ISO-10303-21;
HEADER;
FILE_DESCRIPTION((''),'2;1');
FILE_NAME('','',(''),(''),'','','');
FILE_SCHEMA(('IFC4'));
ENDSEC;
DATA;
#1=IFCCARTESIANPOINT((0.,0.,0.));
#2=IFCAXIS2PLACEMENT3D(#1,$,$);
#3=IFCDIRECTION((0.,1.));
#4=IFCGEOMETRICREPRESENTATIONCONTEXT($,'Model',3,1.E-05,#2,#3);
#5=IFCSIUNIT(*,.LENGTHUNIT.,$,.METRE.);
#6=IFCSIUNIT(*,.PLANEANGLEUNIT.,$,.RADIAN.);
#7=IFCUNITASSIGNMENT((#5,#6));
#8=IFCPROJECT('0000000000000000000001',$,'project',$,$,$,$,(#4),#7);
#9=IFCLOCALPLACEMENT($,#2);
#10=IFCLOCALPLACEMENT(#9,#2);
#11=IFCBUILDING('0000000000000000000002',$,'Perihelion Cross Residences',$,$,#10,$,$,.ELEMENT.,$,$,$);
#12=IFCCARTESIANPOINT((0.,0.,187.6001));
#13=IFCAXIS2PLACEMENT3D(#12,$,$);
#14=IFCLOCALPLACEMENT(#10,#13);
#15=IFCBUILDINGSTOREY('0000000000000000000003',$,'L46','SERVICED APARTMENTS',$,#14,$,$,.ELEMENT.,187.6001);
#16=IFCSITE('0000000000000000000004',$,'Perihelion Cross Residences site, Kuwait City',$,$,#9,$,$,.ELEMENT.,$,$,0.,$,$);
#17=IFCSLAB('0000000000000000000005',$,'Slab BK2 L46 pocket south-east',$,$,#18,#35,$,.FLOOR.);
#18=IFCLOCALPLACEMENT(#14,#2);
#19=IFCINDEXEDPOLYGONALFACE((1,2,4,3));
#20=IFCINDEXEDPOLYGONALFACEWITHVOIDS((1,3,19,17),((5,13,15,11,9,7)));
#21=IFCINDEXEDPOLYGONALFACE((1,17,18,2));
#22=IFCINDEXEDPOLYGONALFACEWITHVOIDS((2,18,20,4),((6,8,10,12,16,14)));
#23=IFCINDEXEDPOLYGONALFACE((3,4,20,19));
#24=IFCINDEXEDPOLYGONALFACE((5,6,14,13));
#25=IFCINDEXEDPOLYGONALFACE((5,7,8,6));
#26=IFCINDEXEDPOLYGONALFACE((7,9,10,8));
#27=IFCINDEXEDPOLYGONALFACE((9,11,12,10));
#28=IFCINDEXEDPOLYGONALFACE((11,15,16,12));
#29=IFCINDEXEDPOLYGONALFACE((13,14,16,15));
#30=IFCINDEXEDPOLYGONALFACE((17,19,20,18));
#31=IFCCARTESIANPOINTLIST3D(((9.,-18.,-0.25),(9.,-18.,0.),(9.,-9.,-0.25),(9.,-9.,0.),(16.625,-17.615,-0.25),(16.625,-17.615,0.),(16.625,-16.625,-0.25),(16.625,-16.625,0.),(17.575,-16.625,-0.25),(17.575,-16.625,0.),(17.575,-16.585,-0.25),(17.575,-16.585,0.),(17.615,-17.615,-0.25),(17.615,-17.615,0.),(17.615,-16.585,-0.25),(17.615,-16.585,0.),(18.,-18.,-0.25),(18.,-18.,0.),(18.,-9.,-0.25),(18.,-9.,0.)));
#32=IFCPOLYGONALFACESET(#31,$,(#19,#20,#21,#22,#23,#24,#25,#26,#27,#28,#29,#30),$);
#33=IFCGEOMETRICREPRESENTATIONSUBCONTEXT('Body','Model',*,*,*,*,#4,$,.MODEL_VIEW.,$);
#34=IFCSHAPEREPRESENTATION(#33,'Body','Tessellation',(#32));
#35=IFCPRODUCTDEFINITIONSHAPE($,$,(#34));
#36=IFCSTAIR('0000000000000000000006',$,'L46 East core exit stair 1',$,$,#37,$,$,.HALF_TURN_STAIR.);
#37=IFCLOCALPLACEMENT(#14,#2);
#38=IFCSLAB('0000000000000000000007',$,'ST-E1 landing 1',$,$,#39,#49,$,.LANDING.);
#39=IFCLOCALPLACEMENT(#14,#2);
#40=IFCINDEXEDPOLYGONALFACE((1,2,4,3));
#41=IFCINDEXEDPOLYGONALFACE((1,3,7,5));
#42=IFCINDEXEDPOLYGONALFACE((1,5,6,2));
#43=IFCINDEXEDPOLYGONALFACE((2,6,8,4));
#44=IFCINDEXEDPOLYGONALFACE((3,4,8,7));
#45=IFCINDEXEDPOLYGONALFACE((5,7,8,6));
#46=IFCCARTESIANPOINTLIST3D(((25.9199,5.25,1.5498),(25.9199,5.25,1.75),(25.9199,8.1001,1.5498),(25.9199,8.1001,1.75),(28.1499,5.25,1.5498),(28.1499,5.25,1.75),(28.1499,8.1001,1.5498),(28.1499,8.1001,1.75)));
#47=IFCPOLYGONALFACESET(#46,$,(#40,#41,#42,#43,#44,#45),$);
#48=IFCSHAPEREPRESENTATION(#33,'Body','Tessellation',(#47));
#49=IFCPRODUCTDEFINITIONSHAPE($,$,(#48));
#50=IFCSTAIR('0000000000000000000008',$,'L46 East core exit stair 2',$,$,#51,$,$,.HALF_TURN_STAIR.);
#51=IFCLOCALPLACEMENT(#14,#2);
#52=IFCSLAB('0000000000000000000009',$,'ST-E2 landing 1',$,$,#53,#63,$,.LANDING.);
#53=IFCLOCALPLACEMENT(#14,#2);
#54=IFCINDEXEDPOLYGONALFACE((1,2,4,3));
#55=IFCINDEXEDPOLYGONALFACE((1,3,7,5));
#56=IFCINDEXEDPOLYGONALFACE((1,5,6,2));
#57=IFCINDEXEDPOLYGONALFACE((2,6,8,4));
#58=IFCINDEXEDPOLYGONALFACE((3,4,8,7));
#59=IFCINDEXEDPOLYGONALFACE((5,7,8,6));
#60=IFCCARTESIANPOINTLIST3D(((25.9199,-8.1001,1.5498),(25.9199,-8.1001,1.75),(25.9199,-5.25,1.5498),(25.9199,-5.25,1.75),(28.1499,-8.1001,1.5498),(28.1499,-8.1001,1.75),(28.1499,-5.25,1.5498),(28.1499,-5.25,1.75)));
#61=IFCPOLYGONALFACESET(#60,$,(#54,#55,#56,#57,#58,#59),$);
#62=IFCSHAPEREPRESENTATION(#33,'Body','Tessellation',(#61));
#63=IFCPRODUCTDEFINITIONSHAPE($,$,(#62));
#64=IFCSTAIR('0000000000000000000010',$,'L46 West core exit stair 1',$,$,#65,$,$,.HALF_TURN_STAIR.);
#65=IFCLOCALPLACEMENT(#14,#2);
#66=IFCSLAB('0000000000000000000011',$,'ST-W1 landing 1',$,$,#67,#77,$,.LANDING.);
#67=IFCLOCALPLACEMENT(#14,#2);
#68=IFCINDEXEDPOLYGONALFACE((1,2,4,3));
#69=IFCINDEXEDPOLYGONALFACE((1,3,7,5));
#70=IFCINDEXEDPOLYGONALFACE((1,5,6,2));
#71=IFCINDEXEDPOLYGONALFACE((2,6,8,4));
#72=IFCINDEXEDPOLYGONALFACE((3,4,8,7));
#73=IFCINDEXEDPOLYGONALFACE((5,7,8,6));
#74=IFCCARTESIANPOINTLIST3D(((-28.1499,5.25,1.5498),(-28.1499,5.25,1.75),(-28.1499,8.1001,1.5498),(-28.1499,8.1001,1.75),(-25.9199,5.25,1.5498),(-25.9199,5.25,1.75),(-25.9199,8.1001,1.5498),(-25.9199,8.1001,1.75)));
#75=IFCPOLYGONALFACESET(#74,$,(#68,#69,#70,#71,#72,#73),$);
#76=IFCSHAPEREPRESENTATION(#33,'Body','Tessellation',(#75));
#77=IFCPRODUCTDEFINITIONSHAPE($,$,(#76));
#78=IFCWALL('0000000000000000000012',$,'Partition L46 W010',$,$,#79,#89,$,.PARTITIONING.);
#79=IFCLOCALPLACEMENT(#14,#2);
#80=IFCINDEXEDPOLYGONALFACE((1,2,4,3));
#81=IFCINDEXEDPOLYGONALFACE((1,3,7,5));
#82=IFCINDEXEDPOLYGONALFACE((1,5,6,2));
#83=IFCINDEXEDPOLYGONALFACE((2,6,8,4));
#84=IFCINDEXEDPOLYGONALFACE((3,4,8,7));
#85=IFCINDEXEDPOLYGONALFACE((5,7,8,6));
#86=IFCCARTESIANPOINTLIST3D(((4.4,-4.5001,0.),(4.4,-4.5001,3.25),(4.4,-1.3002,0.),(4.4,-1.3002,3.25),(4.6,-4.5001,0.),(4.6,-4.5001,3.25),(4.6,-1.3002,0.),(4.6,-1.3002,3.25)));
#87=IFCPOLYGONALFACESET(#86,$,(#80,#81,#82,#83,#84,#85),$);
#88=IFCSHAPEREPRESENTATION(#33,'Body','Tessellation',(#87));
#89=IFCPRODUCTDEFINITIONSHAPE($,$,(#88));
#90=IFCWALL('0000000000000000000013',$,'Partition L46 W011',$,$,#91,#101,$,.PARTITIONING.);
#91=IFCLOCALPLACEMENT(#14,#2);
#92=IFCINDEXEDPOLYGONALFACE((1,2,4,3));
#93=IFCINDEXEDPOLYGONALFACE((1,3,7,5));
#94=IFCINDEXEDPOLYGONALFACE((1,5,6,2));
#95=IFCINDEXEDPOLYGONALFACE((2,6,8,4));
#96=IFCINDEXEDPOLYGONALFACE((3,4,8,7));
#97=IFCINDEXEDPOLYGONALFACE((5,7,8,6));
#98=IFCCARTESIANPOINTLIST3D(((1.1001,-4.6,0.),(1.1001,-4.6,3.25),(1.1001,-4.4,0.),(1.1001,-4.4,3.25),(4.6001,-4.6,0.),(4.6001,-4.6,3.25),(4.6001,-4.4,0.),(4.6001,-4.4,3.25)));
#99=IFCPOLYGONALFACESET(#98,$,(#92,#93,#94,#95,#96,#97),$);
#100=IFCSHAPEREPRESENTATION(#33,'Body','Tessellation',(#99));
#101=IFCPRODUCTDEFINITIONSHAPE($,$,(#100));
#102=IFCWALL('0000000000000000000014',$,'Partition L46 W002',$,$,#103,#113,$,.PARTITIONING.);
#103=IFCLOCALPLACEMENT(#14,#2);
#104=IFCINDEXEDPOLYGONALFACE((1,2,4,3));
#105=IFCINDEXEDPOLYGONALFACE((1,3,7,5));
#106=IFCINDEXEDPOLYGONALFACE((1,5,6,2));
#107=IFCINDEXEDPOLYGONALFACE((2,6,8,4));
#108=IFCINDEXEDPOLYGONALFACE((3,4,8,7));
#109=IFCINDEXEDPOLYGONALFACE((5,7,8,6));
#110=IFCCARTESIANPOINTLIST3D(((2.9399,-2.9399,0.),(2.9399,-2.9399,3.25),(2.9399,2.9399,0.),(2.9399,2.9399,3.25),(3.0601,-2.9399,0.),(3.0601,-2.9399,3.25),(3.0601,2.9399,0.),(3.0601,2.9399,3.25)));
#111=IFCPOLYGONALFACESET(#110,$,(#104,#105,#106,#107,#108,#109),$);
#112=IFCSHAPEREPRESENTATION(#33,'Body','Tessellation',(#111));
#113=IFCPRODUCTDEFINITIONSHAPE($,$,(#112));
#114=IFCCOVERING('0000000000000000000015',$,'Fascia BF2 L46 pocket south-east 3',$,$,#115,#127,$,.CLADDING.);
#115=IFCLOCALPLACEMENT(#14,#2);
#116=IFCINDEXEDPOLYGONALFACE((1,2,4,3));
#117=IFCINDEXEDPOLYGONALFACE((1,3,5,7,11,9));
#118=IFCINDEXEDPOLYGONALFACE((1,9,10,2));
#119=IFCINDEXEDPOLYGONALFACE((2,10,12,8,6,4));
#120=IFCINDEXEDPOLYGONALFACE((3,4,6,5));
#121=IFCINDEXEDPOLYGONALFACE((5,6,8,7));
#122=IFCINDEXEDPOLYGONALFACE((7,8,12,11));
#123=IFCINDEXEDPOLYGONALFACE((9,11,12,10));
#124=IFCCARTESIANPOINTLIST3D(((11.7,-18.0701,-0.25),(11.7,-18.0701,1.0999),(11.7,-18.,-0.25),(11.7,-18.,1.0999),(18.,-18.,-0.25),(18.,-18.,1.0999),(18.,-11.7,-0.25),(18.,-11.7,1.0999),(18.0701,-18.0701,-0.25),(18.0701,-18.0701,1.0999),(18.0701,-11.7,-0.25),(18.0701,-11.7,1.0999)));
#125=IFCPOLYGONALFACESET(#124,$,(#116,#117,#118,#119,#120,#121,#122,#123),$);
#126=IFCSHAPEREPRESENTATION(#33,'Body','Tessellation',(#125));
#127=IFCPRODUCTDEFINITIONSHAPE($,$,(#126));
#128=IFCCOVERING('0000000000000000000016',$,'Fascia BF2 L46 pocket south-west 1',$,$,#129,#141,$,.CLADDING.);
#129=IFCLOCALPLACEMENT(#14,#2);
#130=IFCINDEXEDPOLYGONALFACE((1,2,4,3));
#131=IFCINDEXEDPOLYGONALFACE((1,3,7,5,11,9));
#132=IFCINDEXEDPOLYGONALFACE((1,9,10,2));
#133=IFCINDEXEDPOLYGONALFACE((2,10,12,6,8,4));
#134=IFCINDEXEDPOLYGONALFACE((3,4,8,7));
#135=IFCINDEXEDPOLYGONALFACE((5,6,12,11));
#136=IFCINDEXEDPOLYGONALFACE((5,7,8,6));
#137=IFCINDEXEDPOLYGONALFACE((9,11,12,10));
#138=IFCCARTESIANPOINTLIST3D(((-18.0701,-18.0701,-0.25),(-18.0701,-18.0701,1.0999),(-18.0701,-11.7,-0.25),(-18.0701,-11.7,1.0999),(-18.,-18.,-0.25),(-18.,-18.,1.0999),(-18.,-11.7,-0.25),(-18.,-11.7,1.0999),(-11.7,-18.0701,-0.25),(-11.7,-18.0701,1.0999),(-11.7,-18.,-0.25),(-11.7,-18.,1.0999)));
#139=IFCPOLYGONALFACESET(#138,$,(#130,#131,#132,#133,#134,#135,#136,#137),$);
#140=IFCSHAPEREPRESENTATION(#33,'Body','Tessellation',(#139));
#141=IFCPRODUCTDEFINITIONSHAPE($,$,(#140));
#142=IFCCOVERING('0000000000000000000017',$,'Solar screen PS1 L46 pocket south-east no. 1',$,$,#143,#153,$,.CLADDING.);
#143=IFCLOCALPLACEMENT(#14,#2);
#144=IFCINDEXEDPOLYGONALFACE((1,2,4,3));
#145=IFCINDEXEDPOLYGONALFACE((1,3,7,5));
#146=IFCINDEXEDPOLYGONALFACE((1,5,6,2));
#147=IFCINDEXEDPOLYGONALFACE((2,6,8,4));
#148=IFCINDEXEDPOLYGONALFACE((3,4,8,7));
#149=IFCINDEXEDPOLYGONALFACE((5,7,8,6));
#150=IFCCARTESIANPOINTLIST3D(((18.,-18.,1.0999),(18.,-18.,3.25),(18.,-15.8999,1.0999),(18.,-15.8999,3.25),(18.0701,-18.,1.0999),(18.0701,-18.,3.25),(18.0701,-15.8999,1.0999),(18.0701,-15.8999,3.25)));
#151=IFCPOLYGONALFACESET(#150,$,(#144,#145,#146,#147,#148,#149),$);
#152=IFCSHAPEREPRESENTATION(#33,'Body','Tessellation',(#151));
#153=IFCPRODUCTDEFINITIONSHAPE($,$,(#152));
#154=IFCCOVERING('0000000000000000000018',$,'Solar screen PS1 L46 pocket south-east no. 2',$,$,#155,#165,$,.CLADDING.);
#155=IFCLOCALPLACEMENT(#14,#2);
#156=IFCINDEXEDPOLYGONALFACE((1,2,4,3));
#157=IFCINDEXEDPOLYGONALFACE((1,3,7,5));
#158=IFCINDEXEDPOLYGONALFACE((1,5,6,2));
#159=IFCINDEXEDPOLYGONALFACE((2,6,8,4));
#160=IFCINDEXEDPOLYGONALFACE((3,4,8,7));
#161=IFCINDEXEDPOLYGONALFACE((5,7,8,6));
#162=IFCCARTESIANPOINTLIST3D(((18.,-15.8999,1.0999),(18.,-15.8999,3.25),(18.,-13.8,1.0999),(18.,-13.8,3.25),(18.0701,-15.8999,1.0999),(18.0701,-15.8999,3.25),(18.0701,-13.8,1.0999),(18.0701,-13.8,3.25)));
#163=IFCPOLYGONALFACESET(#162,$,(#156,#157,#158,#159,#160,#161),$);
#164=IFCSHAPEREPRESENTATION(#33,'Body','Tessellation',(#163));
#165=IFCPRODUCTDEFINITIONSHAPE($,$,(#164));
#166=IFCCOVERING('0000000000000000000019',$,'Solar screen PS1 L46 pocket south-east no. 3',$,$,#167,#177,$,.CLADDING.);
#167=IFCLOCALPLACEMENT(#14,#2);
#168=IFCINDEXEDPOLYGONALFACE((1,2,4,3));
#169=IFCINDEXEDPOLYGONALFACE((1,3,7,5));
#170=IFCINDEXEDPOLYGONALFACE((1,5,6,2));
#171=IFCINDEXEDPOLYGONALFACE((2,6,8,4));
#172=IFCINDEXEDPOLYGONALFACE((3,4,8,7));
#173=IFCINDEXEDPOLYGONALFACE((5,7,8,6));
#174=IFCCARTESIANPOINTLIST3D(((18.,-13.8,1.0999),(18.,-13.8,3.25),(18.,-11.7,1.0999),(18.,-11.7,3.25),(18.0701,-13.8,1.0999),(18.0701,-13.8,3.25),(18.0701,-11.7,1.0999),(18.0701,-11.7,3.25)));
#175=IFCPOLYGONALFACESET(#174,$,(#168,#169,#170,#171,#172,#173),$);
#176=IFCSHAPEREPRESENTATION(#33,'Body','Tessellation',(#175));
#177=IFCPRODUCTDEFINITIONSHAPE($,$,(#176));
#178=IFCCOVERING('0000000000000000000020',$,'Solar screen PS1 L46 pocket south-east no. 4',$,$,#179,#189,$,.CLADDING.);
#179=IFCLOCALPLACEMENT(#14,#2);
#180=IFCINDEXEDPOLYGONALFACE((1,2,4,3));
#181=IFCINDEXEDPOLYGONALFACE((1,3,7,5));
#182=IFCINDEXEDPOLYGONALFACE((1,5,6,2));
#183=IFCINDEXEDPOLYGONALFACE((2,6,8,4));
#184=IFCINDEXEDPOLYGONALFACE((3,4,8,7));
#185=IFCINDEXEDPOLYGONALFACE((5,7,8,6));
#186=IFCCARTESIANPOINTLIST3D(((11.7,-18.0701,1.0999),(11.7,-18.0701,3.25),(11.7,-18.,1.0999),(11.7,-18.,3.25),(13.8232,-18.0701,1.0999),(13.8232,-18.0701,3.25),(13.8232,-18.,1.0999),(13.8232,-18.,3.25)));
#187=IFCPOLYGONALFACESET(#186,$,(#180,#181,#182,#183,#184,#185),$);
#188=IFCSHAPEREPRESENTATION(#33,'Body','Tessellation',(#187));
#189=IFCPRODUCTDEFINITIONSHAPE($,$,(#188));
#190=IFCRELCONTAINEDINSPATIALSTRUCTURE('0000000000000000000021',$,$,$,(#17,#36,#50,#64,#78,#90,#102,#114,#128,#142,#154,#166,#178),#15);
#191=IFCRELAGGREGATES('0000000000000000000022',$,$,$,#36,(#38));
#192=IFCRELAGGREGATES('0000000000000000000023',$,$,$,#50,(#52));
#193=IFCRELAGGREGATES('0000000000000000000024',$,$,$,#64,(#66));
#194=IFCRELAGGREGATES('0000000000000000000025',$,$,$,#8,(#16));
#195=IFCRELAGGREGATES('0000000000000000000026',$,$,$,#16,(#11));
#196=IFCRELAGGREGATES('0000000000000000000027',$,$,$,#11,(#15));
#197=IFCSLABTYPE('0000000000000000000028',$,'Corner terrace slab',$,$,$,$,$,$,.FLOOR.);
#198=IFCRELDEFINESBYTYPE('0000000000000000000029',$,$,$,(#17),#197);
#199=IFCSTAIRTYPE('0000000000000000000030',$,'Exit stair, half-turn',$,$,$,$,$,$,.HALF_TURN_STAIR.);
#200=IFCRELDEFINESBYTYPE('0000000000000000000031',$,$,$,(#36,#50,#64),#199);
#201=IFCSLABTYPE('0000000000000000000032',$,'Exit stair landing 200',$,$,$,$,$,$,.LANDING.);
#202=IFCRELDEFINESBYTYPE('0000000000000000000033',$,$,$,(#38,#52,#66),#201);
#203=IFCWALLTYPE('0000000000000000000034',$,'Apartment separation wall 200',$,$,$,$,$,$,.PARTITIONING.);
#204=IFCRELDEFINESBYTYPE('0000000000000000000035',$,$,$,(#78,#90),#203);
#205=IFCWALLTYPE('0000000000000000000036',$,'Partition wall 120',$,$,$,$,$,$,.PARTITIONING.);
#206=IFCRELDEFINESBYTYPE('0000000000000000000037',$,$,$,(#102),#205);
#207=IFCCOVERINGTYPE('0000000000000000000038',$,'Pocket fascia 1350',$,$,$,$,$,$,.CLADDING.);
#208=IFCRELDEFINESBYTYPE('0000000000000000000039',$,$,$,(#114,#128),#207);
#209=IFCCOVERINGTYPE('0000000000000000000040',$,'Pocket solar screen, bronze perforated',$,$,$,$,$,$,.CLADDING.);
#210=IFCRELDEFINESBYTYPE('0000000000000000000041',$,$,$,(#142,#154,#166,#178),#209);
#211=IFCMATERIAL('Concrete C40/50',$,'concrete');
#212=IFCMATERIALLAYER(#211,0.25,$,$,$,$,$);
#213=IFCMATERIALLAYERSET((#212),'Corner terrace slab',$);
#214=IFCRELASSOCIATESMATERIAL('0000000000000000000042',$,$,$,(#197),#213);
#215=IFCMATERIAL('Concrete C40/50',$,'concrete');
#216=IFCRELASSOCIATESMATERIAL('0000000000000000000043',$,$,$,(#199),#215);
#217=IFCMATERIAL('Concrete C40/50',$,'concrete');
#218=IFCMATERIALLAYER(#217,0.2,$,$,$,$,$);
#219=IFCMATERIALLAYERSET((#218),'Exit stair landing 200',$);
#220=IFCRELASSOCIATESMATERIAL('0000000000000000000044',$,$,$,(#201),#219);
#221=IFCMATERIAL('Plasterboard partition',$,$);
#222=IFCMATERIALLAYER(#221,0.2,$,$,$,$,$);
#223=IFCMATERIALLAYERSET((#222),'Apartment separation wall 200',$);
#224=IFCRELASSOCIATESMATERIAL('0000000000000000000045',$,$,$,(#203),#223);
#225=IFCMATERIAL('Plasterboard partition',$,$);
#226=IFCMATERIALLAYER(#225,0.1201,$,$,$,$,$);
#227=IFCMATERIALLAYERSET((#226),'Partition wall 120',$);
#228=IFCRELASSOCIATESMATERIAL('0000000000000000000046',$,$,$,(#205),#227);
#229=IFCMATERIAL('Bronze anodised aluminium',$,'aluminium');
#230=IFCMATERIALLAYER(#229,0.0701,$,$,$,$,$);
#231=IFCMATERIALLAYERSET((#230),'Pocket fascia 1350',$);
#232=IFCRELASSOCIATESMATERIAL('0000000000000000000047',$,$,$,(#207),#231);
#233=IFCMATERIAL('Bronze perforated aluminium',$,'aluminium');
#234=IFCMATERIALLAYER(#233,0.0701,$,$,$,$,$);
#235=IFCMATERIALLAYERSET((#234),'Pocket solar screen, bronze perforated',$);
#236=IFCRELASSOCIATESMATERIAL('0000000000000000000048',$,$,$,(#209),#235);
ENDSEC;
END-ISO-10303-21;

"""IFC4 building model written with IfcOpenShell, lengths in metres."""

from ifc_helpers import new_model, si_unit, direction, frame, frame_2d, origin, place, context, subcontext, project, spatial, polyline, rectangle, outline, extrude, material, layer, layer_set, type_object, element, aggregate, save


model = new_model("IFC4")

# Units and contexts
model_context = context("Model", 3, precision=1e-05, world=origin(), true_north=direction((0.0, 1.0)))
body_context = subcontext(model_context, "Body", "Model", "MODEL_VIEW")
ifc_project = project(units=[si_unit("LENGTHUNIT", "METRE"), si_unit("PLANEANGLEUNIT", "RADIAN")], contexts=[model_context])

# Site, building, storey
site_placement = place(None, origin())
site = spatial("IfcSite", under=ifc_project, at=site_placement, Name="Perihelion Cross Residences site, Kuwait City", CompositionType="ELEMENT", RefElevation=0.0)
building_placement = place(site_placement, origin())
building = spatial("IfcBuilding", under=site, at=building_placement, Name="Perihelion Cross Residences", CompositionType="ELEMENT")
storey_placement = place(building_placement, frame((0.0, 0.0, 187.6001)))
storey = spatial("IfcBuildingStorey", under=building, at=storey_placement, Name="L46", Description="SERVICED APARTMENTS", CompositionType="ELEMENT", Elevation=187.6001)

# Slab
ifc_material_1 = material(Name="Concrete C40/50", Category="concrete")
ifc_layer_1 = layer(ifc_material_1, 0.25)
ifc_layer_set_1 = layer_set([ifc_layer_1], Name="Corner terrace slab")
slab_type_1 = type_object("IfcSlabType", Name="Corner terrace slab", PredefinedType="FLOOR", material=ifc_layer_set_1)
slab_1_placement = place(storey_placement, frame((0.0, 0.0, -0.25)))
element("IfcSlab", 1, at=slab_1_placement, inside=storey, type_object=slab_type_1, Name="Slab BK2 L46 pocket south-east", PredefinedType="FLOOR", context=body_context, shape_type="SweptSolid", body=[
    extrude(outline(polyline([(18.0, -18.0), (18.0, -9.0), (9.0, -9.0), (9.0, -18.0), (18.0, -18.0)]), holes=[polyline([(16.625, -17.615), (16.625, -16.625), (17.575, -16.625), (17.575, -16.585), (17.615, -16.585), (17.615, -17.615), (16.625, -17.615)])]), origin(), (0.0, 0.0, 1.0), 0.25),
])

# Stairs, slabs
ifc_material_2 = material(Name="Concrete C40/50", Category="concrete")
stair_type = type_object("IfcStairType", Name="Exit stair, half-turn", PredefinedType="HALF_TURN_STAIR", material=ifc_material_2)
stair_1_placement = place(storey_placement, origin())
stair_1 = element("IfcStair", 2, at=stair_1_placement, inside=storey, type_object=stair_type, Name="L46 East core exit stair 1", PredefinedType="HALF_TURN_STAIR")
ifc_material_3 = material(Name="Concrete C40/50", Category="concrete")
ifc_layer_2 = layer(ifc_material_3, 0.2)
ifc_layer_set_2 = layer_set([ifc_layer_2], Name="Exit stair landing 200")
slab_type_2 = type_object("IfcSlabType", Name="Exit stair landing 200", PredefinedType="LANDING", material=ifc_layer_set_2)
slab_2_placement = place(storey_placement, frame((0.0, 0.0, 1.5498)))
slab_2 = element("IfcSlab", 3, at=slab_2_placement, type_object=slab_type_2, Name="ST-E1 landing 1", PredefinedType="LANDING", context=body_context, shape_type="SweptSolid", body=[
    extrude(outline(polyline([(25.9199, 5.25), (28.1499, 5.25), (28.1499, 8.1001), (25.9199, 8.1001), (25.9199, 5.25)])), origin(), (0.0, 0.0, 1.0), 0.2002),
])
aggregate(stair_1, [slab_2])
stair_2_placement = place(storey_placement, origin())
stair_2 = element("IfcStair", 4, at=stair_2_placement, inside=storey, type_object=stair_type, Name="L46 East core exit stair 2", PredefinedType="HALF_TURN_STAIR")
slab_3_placement = place(storey_placement, frame((0.0, 0.0, 1.5498)))
slab_3 = element("IfcSlab", 5, at=slab_3_placement, type_object=slab_type_2, Name="ST-E2 landing 1", PredefinedType="LANDING", context=body_context, shape_type="SweptSolid", body=[
    extrude(outline(polyline([(25.9199, -8.1001), (28.1499, -8.1001), (28.1499, -5.25), (25.9199, -5.25), (25.9199, -8.1001)])), origin(), (0.0, 0.0, 1.0), 0.2002),
])
aggregate(stair_2, [slab_3])
stair_3_placement = place(storey_placement, origin())
stair_3 = element("IfcStair", 6, at=stair_3_placement, inside=storey, type_object=stair_type, Name="L46 West core exit stair 1", PredefinedType="HALF_TURN_STAIR")
slab_4_placement = place(storey_placement, frame((0.0, 0.0, 1.5498)))
slab_4 = element("IfcSlab", 7, at=slab_4_placement, type_object=slab_type_2, Name="ST-W1 landing 1", PredefinedType="LANDING", context=body_context, shape_type="SweptSolid", body=[
    extrude(outline(polyline([(-25.9199, 8.1001), (-28.1499, 8.1001), (-28.1499, 5.25), (-25.9199, 5.25), (-25.9199, 8.1001)])), origin(), (0.0, 0.0, 1.0), 0.2002),
])
aggregate(stair_3, [slab_4])

# Walls
ifc_material_4 = material(Name="Plasterboard partition")
ifc_layer_3 = layer(ifc_material_4, 0.2)
ifc_layer_set_3 = layer_set([ifc_layer_3], Name="Apartment separation wall 200")
wall_type_1 = type_object("IfcWallType", Name="Apartment separation wall 200", PredefinedType="PARTITIONING", material=ifc_layer_set_3)
wall_1_placement = place(storey_placement, frame((4.5, -1.3, 0.0), z_axis=(0.0, 0.0, 1.0), x_axis=(0.0, -1.0, 0.0)))
element("IfcWall", 8, at=wall_1_placement, inside=storey, type_object=wall_type_1, Name="Partition L46 W010", PredefinedType="PARTITIONING", context=body_context, shape_type="SweptSolid", body=[
    extrude(rectangle(XDim=3.2, YDim=0.2, at=frame_2d((1.6001, 0.0))), origin(), (0.0, 0.0, 1.0), 3.25),
])
wall_2_placement = place(storey_placement, frame((4.6001, -4.5, 0.0), z_axis=(0.0, 0.0, 1.0), x_axis=(-1.0, 0.0, 0.0)))
element("IfcWall", 9, at=wall_2_placement, inside=storey, type_object=wall_type_1, Name="Partition L46 W011", PredefinedType="PARTITIONING", context=body_context, shape_type="SweptSolid", body=[
    extrude(rectangle(XDim=3.5, YDim=0.2, at=frame_2d((1.75, 0.0))), origin(), (0.0, 0.0, 1.0), 3.25),
])
ifc_material_5 = material(Name="Plasterboard partition")
ifc_layer_4 = layer(ifc_material_5, 0.1201)
ifc_layer_set_4 = layer_set([ifc_layer_4], Name="Partition wall 120")
wall_type_2 = type_object("IfcWallType", Name="Partition wall 120", PredefinedType="PARTITIONING", material=ifc_layer_set_4)
wall_3_placement = place(storey_placement, frame((3.0, -2.9399, 0.0), z_axis=(0.0, 0.0, 1.0), x_axis=(0.0, 1.0, 0.0)))
element("IfcWall", 10, at=wall_3_placement, inside=storey, type_object=wall_type_2, Name="Partition L46 W002", PredefinedType="PARTITIONING", context=body_context, shape_type="SweptSolid", body=[
    extrude(rectangle(XDim=5.8799, YDim=0.1201, at=frame_2d((2.9399, 0.0))), origin(), (0.0, 0.0, 1.0), 3.25),
])

# Coverings
ifc_material_6 = material(Name="Bronze anodised aluminium", Category="aluminium")
ifc_layer_5 = layer(ifc_material_6, 0.0701)
ifc_layer_set_5 = layer_set([ifc_layer_5], Name="Pocket fascia 1350")
covering_type_1 = type_object("IfcCoveringType", Name="Pocket fascia 1350", PredefinedType="CLADDING", material=ifc_layer_set_5)
covering_1_placement = place(storey_placement, frame((0.0, 0.0, -0.25)))
element("IfcCovering", 11, at=covering_1_placement, inside=storey, type_object=covering_type_1, Name="Fascia BF2 L46 pocket south-east 3", PredefinedType="CLADDING", context=body_context, shape_type="SweptSolid", body=[
    extrude(outline(polyline([(18.0701, -18.0701), (18.0701, -11.7), (18.0, -11.7), (18.0, -18.0), (11.7, -18.0), (11.7, -18.0701), (18.0701, -18.0701)])), origin(), (0.0, 0.0, 1.0), 1.3499),
])
covering_2_placement = place(storey_placement, frame((0.0, 0.0, -0.25)))
element("IfcCovering", 12, at=covering_2_placement, inside=storey, type_object=covering_type_1, Name="Fascia BF2 L46 pocket south-west 1", PredefinedType="CLADDING", context=body_context, shape_type="SweptSolid", body=[
    extrude(outline(polyline([(-18.0701, -11.7), (-18.0701, -18.0701), (-11.7, -18.0701), (-11.7, -18.0), (-18.0, -18.0), (-18.0, -11.7), (-18.0701, -11.7)])), origin(), (0.0, 0.0, 1.0), 1.3499),
])
ifc_material_7 = material(Name="Bronze perforated aluminium", Category="aluminium")
ifc_layer_6 = layer(ifc_material_7, 0.0701)
ifc_layer_set_6 = layer_set([ifc_layer_6], Name="Pocket solar screen, bronze perforated")
covering_type_2 = type_object("IfcCoveringType", Name="Pocket solar screen, bronze perforated", PredefinedType="CLADDING", material=ifc_layer_set_6)
covering_3_placement = place(storey_placement, frame((0.0, 0.0, 1.0999)))
element("IfcCovering", 13, at=covering_3_placement, inside=storey, type_object=covering_type_2, Name="Solar screen PS1 L46 pocket south-east no. 1", PredefinedType="CLADDING", context=body_context, shape_type="SweptSolid", body=[
    extrude(outline(polyline([(18.0701, -18.0), (18.0701, -15.8999), (18.0, -15.8999), (18.0, -18.0), (18.0701, -18.0)])), origin(), (0.0, 0.0, 1.0), 2.1501),
])
covering_4_placement = place(storey_placement, frame((0.0, 0.0, 1.0999)))
element("IfcCovering", 14, at=covering_4_placement, inside=storey, type_object=covering_type_2, Name="Solar screen PS1 L46 pocket south-east no. 2", PredefinedType="CLADDING", context=body_context, shape_type="SweptSolid", body=[
    extrude(outline(polyline([(18.0701, -15.8999), (18.0701, -13.8), (18.0, -13.8), (18.0, -15.8999), (18.0701, -15.8999)])), origin(), (0.0, 0.0, 1.0), 2.1501),
])
covering_5_placement = place(storey_placement, frame((0.0, 0.0, 1.0999)))
element("IfcCovering", 15, at=covering_5_placement, inside=storey, type_object=covering_type_2, Name="Solar screen PS1 L46 pocket south-east no. 3", PredefinedType="CLADDING", context=body_context, shape_type="SweptSolid", body=[
    extrude(outline(polyline([(18.0701, -13.8), (18.0701, -11.7), (18.0, -11.7), (18.0, -13.8), (18.0701, -13.8)])), origin(), (0.0, 0.0, 1.0), 2.1501),
])
covering_6_placement = place(storey_placement, frame((0.0, 0.0, 1.0999)))
element("IfcCovering", 16, at=covering_6_placement, inside=storey, type_object=covering_type_2, Name="Solar screen PS1 L46 pocket south-east no. 4", PredefinedType="CLADDING", context=body_context, shape_type="SweptSolid", body=[
    extrude(outline(polyline([(13.8232, -18.0701), (13.8232, -18.0), (11.7, -18.0), (11.7, -18.0701), (13.8232, -18.0701)])), origin(), (0.0, 0.0, 1.0), 2.1501),
])

save(model, "model.ifc")
